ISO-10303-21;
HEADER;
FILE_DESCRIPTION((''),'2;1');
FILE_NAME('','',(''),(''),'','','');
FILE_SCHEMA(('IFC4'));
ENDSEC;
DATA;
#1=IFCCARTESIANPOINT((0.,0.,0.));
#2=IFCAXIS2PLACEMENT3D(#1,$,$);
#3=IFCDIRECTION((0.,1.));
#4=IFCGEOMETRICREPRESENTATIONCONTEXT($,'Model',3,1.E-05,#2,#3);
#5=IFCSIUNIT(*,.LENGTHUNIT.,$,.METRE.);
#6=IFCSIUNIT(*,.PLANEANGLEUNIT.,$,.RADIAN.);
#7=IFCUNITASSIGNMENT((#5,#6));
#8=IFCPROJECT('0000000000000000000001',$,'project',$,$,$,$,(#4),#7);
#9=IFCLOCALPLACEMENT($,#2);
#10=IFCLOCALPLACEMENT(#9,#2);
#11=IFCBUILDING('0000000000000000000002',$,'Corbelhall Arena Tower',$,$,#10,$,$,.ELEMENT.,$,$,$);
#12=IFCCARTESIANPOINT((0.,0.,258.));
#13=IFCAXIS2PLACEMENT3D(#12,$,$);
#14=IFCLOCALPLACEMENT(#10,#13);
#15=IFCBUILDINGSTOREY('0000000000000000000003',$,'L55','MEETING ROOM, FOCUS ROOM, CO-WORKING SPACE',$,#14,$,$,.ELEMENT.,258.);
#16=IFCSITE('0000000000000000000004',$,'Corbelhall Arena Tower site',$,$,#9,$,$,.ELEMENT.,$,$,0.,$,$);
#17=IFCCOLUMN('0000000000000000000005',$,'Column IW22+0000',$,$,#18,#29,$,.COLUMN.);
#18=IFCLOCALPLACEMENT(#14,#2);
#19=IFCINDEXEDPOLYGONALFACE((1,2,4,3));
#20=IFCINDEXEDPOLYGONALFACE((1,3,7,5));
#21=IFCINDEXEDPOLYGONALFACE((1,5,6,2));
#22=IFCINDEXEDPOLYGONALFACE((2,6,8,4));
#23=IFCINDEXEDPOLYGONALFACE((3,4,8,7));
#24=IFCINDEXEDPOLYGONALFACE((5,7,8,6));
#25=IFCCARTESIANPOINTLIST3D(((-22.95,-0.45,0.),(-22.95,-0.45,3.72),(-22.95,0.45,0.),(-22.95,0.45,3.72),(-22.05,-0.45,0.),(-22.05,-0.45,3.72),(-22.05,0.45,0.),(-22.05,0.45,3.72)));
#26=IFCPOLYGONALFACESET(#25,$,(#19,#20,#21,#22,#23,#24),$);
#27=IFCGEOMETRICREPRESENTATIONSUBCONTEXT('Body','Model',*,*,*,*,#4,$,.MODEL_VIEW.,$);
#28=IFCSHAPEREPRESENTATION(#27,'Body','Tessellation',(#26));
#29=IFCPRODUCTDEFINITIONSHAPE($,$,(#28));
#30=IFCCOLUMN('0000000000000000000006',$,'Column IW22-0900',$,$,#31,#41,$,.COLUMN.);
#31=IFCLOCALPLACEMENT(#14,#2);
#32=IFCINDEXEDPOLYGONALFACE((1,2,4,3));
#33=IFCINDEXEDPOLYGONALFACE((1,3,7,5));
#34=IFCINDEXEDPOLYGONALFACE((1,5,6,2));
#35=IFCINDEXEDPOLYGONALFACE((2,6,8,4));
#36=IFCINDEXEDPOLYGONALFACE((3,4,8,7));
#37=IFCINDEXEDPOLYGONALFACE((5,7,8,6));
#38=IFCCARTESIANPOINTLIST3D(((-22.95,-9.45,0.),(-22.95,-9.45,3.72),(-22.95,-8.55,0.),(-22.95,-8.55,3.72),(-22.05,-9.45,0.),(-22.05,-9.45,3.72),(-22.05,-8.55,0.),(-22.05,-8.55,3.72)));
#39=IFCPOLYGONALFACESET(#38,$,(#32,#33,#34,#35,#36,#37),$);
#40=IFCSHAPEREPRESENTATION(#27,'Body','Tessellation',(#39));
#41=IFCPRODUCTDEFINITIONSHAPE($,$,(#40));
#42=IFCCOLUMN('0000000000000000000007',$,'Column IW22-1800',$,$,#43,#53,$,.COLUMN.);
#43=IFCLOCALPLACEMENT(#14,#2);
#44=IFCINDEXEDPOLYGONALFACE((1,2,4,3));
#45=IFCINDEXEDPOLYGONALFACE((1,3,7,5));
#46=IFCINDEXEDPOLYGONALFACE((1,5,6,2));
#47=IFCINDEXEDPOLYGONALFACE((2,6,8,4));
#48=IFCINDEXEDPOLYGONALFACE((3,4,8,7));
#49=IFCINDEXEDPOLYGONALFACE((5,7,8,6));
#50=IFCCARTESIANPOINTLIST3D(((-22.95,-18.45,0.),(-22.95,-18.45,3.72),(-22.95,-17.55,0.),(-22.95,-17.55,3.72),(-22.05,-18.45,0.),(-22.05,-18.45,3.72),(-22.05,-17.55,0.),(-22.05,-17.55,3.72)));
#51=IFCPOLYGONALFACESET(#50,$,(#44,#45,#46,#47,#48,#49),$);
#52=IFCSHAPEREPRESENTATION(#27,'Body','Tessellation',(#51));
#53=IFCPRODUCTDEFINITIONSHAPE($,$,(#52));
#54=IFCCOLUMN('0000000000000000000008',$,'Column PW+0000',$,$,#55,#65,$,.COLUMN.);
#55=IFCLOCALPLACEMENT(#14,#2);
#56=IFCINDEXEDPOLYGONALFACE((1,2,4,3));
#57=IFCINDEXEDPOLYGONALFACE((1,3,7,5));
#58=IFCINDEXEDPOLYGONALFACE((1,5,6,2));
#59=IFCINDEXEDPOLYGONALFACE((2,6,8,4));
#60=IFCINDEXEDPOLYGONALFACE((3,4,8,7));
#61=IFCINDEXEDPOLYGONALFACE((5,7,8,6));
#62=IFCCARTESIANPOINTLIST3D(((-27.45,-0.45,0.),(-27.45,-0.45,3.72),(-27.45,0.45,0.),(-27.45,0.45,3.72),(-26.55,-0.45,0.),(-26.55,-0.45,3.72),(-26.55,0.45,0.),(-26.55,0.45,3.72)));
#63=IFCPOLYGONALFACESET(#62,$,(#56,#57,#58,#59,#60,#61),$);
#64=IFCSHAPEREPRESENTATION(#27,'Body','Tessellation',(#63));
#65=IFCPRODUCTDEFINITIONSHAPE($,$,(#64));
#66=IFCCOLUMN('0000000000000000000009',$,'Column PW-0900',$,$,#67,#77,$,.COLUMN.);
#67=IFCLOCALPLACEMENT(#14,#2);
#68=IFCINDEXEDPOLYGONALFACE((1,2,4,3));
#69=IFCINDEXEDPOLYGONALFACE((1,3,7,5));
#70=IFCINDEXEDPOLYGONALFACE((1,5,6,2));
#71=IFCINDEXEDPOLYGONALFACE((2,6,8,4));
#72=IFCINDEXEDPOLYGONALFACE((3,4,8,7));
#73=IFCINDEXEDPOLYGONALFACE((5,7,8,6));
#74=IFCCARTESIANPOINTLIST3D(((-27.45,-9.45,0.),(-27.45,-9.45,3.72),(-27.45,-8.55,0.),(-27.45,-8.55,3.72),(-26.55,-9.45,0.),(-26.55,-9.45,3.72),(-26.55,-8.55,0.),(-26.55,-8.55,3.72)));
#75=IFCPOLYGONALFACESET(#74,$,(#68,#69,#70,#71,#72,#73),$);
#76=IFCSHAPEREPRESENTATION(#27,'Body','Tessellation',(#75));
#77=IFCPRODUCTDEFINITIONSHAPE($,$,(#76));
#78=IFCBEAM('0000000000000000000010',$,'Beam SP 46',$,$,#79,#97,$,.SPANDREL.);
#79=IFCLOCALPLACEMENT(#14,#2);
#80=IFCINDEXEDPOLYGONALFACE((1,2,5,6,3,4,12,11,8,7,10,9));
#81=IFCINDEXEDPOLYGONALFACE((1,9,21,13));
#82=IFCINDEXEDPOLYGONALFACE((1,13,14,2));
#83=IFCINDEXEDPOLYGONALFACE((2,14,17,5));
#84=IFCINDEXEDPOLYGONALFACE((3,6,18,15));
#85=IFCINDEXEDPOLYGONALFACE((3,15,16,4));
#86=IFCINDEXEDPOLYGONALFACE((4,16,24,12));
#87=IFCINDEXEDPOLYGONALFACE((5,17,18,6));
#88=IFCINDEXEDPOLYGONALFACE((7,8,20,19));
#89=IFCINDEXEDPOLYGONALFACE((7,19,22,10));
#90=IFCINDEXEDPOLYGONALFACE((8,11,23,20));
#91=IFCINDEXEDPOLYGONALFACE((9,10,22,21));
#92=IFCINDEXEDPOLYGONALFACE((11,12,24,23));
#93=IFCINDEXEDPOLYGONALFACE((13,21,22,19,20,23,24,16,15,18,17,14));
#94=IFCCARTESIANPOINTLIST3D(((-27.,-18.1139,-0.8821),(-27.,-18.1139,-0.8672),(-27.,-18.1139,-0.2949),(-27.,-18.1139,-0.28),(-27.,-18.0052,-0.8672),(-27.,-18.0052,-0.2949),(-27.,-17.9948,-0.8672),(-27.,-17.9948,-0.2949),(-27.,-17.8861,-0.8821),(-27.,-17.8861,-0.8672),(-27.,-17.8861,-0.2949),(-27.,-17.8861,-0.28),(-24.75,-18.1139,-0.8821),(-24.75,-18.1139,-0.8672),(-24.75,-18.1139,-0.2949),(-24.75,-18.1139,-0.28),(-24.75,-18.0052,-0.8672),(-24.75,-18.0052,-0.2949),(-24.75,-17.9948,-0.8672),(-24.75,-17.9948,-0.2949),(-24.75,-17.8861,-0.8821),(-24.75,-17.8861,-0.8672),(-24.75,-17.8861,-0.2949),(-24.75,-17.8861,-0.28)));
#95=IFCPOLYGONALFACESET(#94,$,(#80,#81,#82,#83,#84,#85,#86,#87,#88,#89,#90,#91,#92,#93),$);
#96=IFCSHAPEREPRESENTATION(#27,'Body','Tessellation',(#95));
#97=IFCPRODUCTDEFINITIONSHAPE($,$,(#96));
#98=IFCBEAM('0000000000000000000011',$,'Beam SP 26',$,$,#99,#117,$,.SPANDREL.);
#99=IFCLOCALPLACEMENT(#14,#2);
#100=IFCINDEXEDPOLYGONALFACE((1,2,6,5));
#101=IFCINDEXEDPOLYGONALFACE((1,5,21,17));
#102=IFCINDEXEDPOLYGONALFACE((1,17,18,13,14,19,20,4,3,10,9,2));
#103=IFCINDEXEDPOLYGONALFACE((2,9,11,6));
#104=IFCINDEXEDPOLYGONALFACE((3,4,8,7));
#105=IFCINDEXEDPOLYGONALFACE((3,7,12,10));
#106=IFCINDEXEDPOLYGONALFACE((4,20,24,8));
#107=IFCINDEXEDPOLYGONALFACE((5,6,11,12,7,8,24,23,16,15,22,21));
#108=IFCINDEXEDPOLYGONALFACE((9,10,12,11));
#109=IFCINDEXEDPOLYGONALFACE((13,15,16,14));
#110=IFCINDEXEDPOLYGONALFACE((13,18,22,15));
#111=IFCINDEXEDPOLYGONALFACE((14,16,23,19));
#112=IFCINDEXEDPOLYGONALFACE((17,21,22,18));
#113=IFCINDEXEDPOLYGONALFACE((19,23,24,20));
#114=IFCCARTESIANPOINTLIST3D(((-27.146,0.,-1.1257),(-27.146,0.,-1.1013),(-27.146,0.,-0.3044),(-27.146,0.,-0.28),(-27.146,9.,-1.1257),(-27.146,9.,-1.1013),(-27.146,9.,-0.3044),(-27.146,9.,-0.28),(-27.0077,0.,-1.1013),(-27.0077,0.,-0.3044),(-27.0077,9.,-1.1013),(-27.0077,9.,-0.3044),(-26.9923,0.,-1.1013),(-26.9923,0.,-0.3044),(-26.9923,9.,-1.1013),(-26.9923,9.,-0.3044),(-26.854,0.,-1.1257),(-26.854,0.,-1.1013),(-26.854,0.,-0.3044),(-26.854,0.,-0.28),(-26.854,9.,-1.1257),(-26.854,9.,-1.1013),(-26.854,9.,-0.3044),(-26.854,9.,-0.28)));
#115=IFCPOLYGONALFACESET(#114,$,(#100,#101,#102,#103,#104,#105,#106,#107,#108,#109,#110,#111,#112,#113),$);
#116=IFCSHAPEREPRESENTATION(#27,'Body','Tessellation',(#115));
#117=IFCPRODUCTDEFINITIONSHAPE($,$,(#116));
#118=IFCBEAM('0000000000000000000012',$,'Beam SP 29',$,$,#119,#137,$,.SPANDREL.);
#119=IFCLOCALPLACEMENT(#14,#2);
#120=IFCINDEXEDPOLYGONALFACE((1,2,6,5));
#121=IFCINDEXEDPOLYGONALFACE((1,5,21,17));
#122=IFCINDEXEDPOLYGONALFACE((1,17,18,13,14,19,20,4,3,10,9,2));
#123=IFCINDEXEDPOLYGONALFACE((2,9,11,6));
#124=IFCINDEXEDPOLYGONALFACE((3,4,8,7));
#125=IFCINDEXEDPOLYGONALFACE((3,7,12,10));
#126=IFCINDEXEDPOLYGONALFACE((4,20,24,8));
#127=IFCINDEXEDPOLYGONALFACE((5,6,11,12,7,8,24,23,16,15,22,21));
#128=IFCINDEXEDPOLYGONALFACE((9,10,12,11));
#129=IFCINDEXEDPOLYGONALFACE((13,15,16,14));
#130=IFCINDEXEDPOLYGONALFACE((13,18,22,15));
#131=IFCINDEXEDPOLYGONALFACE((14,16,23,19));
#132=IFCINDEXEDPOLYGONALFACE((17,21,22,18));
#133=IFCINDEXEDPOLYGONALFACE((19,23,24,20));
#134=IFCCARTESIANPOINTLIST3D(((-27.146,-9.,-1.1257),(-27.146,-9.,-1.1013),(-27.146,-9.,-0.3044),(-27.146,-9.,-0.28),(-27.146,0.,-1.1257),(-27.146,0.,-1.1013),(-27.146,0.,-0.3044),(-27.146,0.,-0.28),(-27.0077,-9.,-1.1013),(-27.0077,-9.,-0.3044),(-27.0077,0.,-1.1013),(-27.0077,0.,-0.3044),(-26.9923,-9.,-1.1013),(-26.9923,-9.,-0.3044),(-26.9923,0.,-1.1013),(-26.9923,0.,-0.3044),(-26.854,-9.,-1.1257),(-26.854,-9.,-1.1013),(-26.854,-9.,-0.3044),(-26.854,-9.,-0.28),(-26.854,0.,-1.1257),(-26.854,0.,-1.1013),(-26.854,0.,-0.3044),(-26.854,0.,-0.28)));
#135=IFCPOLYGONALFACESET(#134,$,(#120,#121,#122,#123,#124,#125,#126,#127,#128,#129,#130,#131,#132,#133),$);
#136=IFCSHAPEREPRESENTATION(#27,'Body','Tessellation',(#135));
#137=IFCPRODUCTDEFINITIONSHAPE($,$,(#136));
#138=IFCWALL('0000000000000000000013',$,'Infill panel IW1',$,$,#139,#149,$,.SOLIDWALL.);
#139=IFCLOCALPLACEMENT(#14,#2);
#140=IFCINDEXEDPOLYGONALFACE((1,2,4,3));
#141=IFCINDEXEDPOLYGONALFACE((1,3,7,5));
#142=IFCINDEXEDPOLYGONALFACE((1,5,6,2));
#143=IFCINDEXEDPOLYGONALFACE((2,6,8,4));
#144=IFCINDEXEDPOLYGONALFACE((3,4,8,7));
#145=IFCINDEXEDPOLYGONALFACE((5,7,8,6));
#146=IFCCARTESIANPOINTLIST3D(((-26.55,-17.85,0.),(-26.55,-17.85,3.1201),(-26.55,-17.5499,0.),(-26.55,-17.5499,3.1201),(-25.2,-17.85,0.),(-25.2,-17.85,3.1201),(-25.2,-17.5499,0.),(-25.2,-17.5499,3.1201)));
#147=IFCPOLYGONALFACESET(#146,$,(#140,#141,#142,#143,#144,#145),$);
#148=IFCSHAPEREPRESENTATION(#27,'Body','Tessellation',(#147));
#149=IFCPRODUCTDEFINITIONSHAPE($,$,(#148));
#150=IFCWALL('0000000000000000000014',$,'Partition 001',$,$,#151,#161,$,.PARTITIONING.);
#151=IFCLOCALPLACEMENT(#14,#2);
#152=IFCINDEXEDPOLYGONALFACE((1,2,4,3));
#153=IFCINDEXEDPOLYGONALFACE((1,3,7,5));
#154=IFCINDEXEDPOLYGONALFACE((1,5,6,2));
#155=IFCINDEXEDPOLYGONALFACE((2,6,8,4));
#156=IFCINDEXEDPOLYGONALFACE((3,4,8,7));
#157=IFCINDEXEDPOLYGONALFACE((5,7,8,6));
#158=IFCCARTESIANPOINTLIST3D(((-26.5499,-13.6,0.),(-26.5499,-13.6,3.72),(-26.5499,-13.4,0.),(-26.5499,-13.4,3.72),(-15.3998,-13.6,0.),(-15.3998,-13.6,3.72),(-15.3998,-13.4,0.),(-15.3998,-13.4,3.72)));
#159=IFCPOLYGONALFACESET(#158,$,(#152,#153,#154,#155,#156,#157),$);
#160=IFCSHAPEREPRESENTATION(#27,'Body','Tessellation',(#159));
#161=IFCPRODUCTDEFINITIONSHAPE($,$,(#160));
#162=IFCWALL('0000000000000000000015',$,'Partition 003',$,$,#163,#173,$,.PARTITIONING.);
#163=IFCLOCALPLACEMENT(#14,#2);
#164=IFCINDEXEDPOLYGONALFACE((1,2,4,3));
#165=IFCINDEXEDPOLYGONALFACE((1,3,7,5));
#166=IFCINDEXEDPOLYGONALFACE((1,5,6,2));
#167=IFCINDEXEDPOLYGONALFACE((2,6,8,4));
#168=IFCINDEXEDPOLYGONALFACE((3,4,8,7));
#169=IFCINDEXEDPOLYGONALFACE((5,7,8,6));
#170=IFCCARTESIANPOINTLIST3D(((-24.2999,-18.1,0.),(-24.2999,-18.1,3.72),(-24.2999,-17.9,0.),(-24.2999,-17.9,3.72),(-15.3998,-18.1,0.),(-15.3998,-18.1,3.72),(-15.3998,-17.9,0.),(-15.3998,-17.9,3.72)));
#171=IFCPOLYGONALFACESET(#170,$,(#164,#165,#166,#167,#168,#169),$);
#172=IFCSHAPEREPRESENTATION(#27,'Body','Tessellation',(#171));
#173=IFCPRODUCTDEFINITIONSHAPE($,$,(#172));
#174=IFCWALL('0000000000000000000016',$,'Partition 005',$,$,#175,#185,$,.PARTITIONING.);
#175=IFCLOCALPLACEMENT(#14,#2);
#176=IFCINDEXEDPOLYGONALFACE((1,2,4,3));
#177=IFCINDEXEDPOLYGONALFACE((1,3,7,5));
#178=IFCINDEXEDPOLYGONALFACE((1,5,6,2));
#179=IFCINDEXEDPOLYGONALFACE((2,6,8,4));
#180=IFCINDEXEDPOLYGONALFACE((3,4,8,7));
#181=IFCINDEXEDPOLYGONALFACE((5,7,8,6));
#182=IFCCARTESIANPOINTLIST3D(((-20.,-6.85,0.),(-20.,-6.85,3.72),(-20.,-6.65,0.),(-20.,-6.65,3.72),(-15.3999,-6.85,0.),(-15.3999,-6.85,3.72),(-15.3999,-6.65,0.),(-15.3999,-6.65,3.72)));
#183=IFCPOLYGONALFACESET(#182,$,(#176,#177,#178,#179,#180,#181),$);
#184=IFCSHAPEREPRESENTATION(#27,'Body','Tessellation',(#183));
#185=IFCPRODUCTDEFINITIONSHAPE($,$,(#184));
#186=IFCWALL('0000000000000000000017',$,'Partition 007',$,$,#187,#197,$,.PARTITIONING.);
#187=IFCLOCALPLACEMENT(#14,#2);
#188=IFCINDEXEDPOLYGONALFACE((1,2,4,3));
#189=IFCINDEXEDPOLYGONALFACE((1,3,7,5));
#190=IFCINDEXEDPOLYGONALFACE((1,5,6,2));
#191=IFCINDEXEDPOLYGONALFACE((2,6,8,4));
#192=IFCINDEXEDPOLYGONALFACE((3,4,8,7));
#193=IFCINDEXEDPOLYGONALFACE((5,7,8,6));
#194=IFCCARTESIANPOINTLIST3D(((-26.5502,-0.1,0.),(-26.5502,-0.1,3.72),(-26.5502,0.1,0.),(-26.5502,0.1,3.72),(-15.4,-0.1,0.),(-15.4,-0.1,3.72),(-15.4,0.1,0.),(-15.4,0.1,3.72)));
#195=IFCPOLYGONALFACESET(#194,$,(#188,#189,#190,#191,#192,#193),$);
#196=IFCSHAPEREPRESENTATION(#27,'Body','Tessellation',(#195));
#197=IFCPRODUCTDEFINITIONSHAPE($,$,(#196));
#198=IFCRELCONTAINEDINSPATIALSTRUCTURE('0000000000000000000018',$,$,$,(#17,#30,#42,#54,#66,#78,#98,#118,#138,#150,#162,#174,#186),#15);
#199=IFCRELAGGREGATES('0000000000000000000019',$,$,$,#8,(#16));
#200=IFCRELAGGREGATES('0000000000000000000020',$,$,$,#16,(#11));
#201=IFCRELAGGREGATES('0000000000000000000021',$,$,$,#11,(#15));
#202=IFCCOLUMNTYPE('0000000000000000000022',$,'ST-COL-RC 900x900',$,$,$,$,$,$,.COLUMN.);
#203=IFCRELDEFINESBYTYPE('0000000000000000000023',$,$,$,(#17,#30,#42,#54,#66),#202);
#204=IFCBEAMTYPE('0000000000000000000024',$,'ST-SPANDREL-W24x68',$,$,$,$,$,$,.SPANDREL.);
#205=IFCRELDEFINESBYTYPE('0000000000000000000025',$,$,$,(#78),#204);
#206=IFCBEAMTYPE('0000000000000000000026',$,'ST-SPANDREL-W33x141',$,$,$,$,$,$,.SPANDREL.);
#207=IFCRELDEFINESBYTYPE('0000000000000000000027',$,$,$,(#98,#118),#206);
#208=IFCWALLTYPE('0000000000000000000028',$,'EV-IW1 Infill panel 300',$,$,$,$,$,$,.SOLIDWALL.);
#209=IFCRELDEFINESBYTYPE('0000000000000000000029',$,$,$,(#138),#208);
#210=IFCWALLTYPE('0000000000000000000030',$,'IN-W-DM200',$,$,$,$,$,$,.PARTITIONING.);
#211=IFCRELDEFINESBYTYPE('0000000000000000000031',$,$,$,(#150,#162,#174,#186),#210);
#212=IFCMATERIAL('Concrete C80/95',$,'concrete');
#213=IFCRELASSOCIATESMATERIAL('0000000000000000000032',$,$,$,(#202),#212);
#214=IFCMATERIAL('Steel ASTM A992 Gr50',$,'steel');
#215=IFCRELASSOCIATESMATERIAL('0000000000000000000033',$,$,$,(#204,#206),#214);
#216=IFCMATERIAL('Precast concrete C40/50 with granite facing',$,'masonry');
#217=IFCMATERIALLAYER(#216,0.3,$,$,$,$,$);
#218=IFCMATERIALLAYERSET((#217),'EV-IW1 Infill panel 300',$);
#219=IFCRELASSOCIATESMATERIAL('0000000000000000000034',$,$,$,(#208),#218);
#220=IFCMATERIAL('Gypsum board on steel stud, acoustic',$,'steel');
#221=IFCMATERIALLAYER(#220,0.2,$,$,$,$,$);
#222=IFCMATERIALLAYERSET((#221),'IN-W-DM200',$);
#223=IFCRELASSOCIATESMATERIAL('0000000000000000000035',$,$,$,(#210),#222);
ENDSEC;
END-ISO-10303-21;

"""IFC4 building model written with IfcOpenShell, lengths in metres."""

from ifc_helpers import new_model, si_unit, direction, frame, frame_2d, origin, origin_2d, place, context, subcontext, project, spatial, rectangle, i_section, extrude, material, layer, layer_set, material_profile, profile_set, type_object, element, save


model = new_model("IFC4")

# Units and contexts
model_context = context("Model", 3, precision=1e-05, world=origin(), true_north=direction((0.0, 1.0)))
body_context = subcontext(model_context, "Body", "Model", "MODEL_VIEW")
ifc_project = project(units=[si_unit("LENGTHUNIT", "METRE"), si_unit("PLANEANGLEUNIT", "RADIAN")], contexts=[model_context])

# Site, building, storey
site_placement = place(None, origin())
site = spatial("IfcSite", under=ifc_project, at=site_placement, Name="Corbelhall Arena Tower site", CompositionType="ELEMENT", RefElevation=0.0)
building_placement = place(site_placement, origin())
building = spatial("IfcBuilding", under=site, at=building_placement, Name="Corbelhall Arena Tower", CompositionType="ELEMENT")
storey_placement = place(building_placement, frame((0.0, 0.0, 258.0)))
storey = spatial("IfcBuildingStorey", under=building, at=storey_placement, Name="L55", Description="MEETING ROOM, FOCUS ROOM, CO-WORKING SPACE", CompositionType="ELEMENT", Elevation=258.0)

# Columns
ifc_material_1 = material(Name="Concrete C80/95", Category="concrete")
ifc_material_profile_1 = material_profile(ifc_material_1, rectangle(XDim=0.8999, YDim=0.8999, at=origin_2d()))
ifc_profile_set_1 = profile_set([ifc_material_profile_1], Name="Concrete C80/95")
column_type = type_object("IfcColumnType", Name="ST-COL-RC 900x900", PredefinedType="COLUMN", material=ifc_profile_set_1)
for number, where, z_axis, x_axis, name in (
    (1, (-22.5, 0.0, 0.0), (0.0, 0.0, 1.0), (1.0, 0.0, 0.0), "Column IW22+0000"),
    (2, (-22.5, -9.0, 0.0), (0.0, 0.0, 1.0), (1.0, 0.0, 0.0), "Column IW22-0900"),
    (3, (-22.5, -18.0, 0.0), (0.0, 0.0, 1.0), (1.0, 0.0, 0.0), "Column IW22-1800"),
    (4, (-27.0, 0.0, 0.0), (0.0, 0.0, 1.0), (0.0, 1.0, 0.0), "Column PW+0000"),
    (5, (-27.0, -9.0, 0.0), (0.0, 0.0, 1.0), (0.0, 1.0, 0.0), "Column PW-0900"),
):
    element("IfcColumn", number, at=place(storey_placement, frame(where, z_axis=z_axis, x_axis=x_axis)), inside=storey, type_object=column_type, Name=name, PredefinedType="COLUMN", context=body_context, shape_type="SweptSolid", body=[
        extrude(rectangle(XDim=0.8999, YDim=0.8999, at=origin_2d()), origin(), (0.0, 0.0, 1.0), 3.72),
    ])

# Beams
ifc_material_2 = material(Name="Steel ASTM A992 Gr50", Category="steel")
ifc_material_profile_2 = material_profile(ifc_material_2, i_section(OverallWidth=0.2278, OverallDepth=0.6021, WebThickness=0.0105, FlangeThickness=0.0149, at=origin_2d()))
ifc_profile_set_2 = profile_set([ifc_material_profile_2], Name="Steel ASTM A992 Gr50")
beam_type_1 = type_object("IfcBeamType", Name="ST-SPANDREL-W24x68", PredefinedType="SPANDREL", material=ifc_profile_set_2)
beam_placement = place(storey_placement, frame((-24.75, -18.0, -0.5811), z_axis=(-1.0, 0.0, 0.0), x_axis=(0.0, -1.0, 0.0)))
element("IfcBeam", 6, at=beam_placement, inside=storey, type_object=beam_type_1, Name="Beam SP 46", PredefinedType="SPANDREL", context=body_context, shape_type="SweptSolid", body=[
    extrude(i_section(OverallWidth=0.2278, OverallDepth=0.6021, WebThickness=0.0105, FlangeThickness=0.0149, at=origin_2d()), origin(), (0.0, 0.0, 1.0), 2.25),
])
ifc_material_profile_3 = material_profile(ifc_material_2, i_section(OverallWidth=0.292, OverallDepth=0.8457, WebThickness=0.0154, FlangeThickness=0.0244, at=origin_2d()))
ifc_profile_set_3 = profile_set([ifc_material_profile_3], Name="Steel ASTM A992 Gr50")
beam_type_2 = type_object("IfcBeamType", Name="ST-SPANDREL-W33x141", PredefinedType="SPANDREL", material=ifc_profile_set_3)
for number, where, z_axis, x_axis, name in (
    (7, (-27.0, 0.0, -0.7029), (0.0, 1.0, 0.0), (-1.0, 0.0, 0.0), "Beam SP 26"),
    (8, (-27.0, -9.0, -0.7029), (0.0, 1.0, 0.0), (-1.0, 0.0, 0.0), "Beam SP 29"),
):
    element("IfcBeam", number, at=place(storey_placement, frame(where, z_axis=z_axis, x_axis=x_axis)), inside=storey, type_object=beam_type_2, Name=name, PredefinedType="SPANDREL", context=body_context, shape_type="SweptSolid", body=[
        extrude(i_section(OverallWidth=0.292, OverallDepth=0.8457, WebThickness=0.0154, FlangeThickness=0.0244, at=origin_2d()), origin(), (0.0, 0.0, 1.0), 9.0),
    ])

# Shared definitions
ifc_material_3 = material(Name="Precast concrete C40/50 with granite facing", Category="masonry")
ifc_layer_1 = layer(ifc_material_3, 0.3)
ifc_layer_set_1 = layer_set([ifc_layer_1], Name="EV-IW1 Infill panel 300")
wall_type_1 = type_object("IfcWallType", Name="EV-IW1 Infill panel 300", PredefinedType="SOLIDWALL", material=ifc_layer_set_1)

# Walls
wall_1_placement = place(storey_placement, frame((-26.55, -17.7, 0.0), z_axis=(0.0, 0.0, 1.0), x_axis=(1.0, 0.0, 0.0)))
element("IfcWall", 9, at=wall_1_placement, inside=storey, type_object=wall_type_1, Name="Infill panel IW1", PredefinedType="SOLIDWALL", context=body_context, shape_type="SweptSolid", body=[
    extrude(rectangle(XDim=1.3501, YDim=0.3, at=frame_2d((0.675, 0.0))), origin(), (0.0, 0.0, 1.0), 3.1201),
])
ifc_material_4 = material(Name="Gypsum board on steel stud, acoustic", Category="steel")
ifc_layer_2 = layer(ifc_material_4, 0.2)
ifc_layer_set_2 = layer_set([ifc_layer_2], Name="IN-W-DM200")
wall_type_2 = type_object("IfcWallType", Name="IN-W-DM200", PredefinedType="PARTITIONING", material=ifc_layer_set_2)
wall_2_placement = place(storey_placement, frame((-26.55, -13.5, 0.0), z_axis=(0.0, 0.0, 1.0), x_axis=(1.0, 0.0, 0.0)))
element("IfcWall", 10, at=wall_2_placement, inside=storey, type_object=wall_type_2, Name="Partition 001", PredefinedType="PARTITIONING", context=body_context, shape_type="SweptSolid", body=[
    extrude(rectangle(XDim=11.1501, YDim=0.2, at=frame_2d((5.5752, 0.0))), origin(), (0.0, 0.0, 1.0), 3.72),
])
wall_3_placement = place(storey_placement, frame((-24.3, -18.0, 0.0), z_axis=(0.0, 0.0, 1.0), x_axis=(1.0, 0.0, 0.0)))
element("IfcWall", 11, at=wall_3_placement, inside=storey, type_object=wall_type_2, Name="Partition 003", PredefinedType="PARTITIONING", context=body_context, shape_type="SweptSolid", body=[
    extrude(rectangle(XDim=8.9001, YDim=0.2, at=frame_2d((4.4502, 0.0))), origin(), (0.0, 0.0, 1.0), 3.72),
])
wall_4_placement = place(storey_placement, frame((-20.0, -6.75, 0.0), z_axis=(0.0, 0.0, 1.0), x_axis=(1.0, 0.0, 0.0)))
element("IfcWall", 12, at=wall_4_placement, inside=storey, type_object=wall_type_2, Name="Partition 005", PredefinedType="PARTITIONING", context=body_context, shape_type="SweptSolid", body=[
    extrude(rectangle(XDim=4.6001, YDim=0.2, at=frame_2d((2.3, 0.0))), origin(), (0.0, 0.0, 1.0), 3.72),
])

# Wall
wall_5_placement = place(storey_placement, frame((-15.3999, 0.0, 0.0), z_axis=(0.0, 0.0, 1.0), x_axis=(-1.0, 0.0, 0.0)))
element("IfcWall", 13, at=wall_5_placement, inside=storey, type_object=wall_type_2, Name="Partition 007", PredefinedType="PARTITIONING", context=body_context, shape_type="SweptSolid", body=[
    extrude(rectangle(XDim=11.1501, YDim=0.2, at=frame_2d((5.5752, 0.0))), origin(), (0.0, 0.0, 1.0), 3.72),
])

save(model, "model.ifc")
